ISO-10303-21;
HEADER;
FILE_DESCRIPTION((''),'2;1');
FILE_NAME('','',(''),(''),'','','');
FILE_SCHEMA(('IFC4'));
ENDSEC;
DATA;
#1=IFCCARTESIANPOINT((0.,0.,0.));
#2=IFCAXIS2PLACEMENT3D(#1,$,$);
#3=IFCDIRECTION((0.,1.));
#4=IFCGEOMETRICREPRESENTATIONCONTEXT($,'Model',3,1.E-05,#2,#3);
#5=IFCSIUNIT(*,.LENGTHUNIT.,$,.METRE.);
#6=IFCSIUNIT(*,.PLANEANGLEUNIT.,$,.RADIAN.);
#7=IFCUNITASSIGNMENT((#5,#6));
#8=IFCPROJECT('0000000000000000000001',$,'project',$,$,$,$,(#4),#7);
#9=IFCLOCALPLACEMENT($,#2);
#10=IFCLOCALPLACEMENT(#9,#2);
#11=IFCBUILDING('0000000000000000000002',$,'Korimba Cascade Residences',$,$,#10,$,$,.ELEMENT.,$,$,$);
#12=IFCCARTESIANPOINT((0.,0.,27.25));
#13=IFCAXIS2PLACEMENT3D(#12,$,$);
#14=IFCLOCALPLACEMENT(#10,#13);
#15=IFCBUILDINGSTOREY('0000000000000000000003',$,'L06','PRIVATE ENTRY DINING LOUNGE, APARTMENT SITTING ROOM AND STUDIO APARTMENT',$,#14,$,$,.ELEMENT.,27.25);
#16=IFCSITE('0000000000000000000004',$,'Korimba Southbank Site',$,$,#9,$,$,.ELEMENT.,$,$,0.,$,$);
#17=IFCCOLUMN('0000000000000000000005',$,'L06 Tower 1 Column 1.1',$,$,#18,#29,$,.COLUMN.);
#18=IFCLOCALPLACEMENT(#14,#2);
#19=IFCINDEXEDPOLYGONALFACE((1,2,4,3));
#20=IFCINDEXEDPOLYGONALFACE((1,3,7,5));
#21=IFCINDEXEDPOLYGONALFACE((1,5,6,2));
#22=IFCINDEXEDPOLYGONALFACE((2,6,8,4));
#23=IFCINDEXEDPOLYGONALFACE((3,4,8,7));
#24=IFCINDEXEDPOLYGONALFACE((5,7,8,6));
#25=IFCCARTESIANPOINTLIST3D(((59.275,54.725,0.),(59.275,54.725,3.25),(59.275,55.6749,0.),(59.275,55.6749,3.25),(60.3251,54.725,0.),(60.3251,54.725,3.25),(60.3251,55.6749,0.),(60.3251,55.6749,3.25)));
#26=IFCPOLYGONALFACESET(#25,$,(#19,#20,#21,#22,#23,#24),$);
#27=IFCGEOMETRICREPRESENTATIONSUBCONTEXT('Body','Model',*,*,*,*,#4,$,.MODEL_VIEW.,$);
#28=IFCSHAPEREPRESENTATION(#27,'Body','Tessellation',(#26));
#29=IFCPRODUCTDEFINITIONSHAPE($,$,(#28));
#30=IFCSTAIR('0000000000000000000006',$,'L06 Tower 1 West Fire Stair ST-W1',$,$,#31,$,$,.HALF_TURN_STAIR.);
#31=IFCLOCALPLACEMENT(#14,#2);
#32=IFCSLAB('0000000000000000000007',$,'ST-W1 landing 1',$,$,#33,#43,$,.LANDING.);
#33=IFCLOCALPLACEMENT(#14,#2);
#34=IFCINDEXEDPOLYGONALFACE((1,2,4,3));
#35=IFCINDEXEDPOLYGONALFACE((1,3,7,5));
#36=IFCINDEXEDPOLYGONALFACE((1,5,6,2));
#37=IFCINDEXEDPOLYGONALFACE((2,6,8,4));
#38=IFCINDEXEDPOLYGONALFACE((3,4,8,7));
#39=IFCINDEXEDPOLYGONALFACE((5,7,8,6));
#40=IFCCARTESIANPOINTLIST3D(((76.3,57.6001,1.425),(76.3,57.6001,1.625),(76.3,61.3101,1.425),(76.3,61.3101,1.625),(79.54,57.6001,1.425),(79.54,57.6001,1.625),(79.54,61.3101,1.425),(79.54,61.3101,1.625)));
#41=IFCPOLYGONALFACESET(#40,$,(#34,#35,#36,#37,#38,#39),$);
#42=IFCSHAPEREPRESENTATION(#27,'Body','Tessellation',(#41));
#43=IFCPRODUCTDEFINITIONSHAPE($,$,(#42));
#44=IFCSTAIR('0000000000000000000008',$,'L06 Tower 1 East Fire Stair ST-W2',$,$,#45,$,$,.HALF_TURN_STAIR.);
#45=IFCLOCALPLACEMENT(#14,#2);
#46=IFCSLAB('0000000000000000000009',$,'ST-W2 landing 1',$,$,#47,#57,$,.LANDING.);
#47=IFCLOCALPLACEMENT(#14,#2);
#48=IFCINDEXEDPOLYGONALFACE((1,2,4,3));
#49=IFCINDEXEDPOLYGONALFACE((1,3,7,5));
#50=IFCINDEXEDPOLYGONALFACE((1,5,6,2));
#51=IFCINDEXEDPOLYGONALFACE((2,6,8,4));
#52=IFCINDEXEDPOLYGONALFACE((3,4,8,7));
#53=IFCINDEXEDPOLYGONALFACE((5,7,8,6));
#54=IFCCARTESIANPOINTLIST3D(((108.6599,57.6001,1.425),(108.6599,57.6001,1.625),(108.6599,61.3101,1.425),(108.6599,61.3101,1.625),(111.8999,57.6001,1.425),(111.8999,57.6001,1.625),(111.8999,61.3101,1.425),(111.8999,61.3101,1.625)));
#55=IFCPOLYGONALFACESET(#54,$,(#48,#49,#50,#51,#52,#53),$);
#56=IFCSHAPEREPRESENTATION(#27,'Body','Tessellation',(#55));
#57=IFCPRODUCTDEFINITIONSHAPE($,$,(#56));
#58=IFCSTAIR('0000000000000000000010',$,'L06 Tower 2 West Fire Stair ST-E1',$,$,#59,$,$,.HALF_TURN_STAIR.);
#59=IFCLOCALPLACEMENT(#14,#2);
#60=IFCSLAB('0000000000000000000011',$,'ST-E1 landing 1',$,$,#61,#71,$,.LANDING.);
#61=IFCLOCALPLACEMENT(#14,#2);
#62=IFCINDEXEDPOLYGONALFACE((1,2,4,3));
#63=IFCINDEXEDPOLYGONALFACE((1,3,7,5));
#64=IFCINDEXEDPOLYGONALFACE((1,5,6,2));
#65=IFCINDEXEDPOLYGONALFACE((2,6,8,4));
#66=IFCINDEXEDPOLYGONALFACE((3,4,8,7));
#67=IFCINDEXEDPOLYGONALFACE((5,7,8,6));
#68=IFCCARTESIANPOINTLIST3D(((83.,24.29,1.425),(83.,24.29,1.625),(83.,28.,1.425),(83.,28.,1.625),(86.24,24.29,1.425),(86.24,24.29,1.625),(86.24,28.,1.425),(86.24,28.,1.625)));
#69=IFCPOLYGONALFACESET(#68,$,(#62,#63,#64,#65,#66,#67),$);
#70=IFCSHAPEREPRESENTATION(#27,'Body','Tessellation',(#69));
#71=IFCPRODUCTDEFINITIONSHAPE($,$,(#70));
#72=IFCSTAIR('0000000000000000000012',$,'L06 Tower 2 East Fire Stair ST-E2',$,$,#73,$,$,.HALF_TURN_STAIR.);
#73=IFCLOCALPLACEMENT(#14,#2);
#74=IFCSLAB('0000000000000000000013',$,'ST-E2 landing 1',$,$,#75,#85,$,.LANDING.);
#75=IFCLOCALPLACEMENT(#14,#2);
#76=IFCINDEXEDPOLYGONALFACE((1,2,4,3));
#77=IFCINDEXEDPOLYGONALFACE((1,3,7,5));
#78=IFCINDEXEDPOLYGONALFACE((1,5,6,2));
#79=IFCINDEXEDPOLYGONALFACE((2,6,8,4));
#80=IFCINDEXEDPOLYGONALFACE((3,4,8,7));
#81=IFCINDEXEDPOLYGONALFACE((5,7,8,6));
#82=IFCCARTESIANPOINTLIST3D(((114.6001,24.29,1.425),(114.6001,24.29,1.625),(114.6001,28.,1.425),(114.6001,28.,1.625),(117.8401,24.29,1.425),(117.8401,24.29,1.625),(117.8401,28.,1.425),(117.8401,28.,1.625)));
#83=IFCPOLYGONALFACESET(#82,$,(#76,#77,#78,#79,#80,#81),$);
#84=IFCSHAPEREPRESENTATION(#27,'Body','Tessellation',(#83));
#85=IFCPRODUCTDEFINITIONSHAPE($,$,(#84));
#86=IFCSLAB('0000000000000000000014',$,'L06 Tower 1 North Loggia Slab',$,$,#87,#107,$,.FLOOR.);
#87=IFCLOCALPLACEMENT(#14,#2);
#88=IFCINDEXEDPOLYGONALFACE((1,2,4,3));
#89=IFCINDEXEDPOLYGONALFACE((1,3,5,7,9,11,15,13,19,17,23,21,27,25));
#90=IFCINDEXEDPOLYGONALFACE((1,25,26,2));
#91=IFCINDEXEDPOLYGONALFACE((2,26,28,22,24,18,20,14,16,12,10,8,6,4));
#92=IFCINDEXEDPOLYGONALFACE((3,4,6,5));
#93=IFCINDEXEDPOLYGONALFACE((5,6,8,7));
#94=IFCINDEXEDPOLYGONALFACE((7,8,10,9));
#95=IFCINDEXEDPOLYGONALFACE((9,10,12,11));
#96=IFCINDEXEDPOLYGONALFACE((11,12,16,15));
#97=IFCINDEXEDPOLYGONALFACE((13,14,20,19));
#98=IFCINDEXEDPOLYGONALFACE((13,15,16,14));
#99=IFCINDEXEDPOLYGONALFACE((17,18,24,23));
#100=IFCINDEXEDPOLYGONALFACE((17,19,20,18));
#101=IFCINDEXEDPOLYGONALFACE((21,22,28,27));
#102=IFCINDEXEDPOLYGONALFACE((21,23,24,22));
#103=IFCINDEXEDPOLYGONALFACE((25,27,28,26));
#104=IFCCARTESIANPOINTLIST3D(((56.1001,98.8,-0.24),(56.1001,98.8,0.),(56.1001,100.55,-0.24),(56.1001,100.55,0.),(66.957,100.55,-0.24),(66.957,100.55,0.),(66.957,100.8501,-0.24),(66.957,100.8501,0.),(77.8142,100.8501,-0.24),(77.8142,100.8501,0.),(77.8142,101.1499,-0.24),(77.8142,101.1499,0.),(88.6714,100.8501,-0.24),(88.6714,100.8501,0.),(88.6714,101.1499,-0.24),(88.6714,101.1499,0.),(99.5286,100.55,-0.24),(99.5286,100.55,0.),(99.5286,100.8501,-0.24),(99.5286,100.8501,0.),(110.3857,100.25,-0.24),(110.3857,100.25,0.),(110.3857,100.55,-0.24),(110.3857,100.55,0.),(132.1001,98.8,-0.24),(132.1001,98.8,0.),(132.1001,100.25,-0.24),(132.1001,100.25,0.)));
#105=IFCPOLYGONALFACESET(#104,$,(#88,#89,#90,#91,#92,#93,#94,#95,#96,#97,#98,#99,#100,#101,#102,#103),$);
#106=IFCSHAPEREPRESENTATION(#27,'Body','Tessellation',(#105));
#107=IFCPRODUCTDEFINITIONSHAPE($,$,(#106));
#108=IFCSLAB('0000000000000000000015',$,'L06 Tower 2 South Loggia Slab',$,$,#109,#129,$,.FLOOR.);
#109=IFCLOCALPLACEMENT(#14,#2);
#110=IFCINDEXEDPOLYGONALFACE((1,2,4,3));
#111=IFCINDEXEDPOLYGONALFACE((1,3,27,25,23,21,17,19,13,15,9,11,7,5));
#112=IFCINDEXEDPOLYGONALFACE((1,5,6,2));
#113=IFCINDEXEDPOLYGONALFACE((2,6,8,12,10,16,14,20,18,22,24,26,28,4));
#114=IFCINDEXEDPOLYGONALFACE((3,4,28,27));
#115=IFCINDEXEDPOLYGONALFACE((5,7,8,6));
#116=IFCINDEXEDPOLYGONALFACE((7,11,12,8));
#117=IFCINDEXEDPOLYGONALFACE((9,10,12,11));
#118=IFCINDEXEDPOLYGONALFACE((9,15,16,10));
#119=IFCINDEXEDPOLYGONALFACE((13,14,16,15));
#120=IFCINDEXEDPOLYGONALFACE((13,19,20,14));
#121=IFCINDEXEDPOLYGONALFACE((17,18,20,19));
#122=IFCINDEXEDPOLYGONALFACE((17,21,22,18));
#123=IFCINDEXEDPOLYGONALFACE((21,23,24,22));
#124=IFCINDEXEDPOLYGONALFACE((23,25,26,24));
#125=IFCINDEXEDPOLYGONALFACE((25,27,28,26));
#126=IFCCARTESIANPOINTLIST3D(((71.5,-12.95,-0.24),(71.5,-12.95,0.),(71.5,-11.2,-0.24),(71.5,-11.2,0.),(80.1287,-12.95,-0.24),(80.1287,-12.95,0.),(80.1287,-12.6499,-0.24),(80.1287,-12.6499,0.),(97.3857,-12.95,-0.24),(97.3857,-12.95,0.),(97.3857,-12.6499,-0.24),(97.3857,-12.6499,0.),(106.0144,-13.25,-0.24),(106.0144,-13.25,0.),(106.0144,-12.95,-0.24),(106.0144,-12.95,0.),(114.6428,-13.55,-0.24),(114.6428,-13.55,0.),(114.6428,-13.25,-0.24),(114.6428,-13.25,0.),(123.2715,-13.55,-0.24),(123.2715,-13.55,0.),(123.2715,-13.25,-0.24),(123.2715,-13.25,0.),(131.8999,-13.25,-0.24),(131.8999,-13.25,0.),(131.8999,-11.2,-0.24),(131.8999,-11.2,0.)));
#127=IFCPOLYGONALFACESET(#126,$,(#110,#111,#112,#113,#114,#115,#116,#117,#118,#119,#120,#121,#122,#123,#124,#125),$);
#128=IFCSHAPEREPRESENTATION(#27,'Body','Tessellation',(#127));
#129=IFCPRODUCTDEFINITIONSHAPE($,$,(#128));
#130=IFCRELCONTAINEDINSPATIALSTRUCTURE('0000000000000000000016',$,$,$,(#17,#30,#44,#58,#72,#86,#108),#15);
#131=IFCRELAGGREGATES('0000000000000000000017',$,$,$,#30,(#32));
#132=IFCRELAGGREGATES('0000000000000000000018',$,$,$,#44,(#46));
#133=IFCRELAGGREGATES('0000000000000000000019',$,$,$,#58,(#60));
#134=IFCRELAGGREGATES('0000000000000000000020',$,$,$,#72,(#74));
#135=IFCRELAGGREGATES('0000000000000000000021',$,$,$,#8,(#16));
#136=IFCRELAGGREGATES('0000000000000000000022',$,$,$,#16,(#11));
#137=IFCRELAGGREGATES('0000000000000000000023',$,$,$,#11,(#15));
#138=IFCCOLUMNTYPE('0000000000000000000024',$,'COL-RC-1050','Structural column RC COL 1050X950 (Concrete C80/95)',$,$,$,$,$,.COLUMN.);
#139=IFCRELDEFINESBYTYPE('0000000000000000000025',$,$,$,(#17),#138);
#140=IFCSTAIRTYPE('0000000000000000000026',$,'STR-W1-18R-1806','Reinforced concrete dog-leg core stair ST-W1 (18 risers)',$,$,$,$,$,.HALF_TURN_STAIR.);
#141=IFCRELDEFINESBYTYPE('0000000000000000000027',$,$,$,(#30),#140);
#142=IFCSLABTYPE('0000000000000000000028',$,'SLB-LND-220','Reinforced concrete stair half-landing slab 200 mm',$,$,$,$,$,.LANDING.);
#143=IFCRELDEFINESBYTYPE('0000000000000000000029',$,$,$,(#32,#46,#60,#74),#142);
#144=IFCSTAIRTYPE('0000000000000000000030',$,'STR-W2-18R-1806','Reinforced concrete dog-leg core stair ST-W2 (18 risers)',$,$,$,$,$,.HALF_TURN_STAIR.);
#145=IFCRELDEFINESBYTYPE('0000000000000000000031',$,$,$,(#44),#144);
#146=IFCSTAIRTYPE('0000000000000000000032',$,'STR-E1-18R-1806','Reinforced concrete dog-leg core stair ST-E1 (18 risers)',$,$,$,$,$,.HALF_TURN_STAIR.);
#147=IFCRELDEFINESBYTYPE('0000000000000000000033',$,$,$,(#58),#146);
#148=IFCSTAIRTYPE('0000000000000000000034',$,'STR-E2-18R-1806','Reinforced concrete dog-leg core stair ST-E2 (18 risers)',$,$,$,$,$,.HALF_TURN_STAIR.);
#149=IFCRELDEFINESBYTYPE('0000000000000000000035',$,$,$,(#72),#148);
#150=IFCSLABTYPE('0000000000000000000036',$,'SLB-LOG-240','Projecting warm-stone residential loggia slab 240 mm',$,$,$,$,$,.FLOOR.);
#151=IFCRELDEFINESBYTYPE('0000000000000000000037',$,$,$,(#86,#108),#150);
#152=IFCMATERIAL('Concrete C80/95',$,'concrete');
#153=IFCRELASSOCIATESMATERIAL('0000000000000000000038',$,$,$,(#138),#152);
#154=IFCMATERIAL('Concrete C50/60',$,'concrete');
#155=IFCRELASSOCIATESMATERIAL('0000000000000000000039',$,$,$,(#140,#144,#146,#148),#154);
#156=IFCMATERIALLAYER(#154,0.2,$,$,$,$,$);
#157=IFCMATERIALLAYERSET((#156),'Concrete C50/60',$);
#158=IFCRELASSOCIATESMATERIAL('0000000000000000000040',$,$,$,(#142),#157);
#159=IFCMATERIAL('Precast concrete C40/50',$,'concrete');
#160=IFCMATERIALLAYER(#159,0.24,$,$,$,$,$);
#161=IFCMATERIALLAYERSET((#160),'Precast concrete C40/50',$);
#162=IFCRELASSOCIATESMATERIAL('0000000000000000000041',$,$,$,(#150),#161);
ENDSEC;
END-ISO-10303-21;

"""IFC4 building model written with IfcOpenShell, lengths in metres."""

from ifc_helpers import new_model, si_unit, direction, frame, origin, origin_2d, place, context, subcontext, project, spatial, polyline, rectangle, outline, extrude, material, layer, layer_set, material_profile, profile_set, type_object, element, aggregate, save


model = new_model("IFC4")

# Units and contexts
model_context = context("Model", 3, precision=1e-05, world=origin(), true_north=direction((0.0, 1.0)))
body_context = subcontext(model_context, "Body", "Model", "MODEL_VIEW")
ifc_project = project(units=[si_unit("LENGTHUNIT", "METRE"), si_unit("PLANEANGLEUNIT", "RADIAN")], contexts=[model_context])

# Site, building, storey
site_placement = place(None, origin())
site = spatial("IfcSite", under=ifc_project, at=site_placement, Name="Korimba Southbank Site", CompositionType="ELEMENT", RefElevation=0.0)
building_placement = place(site_placement, origin())
building = spatial("IfcBuilding", under=site, at=building_placement, Name="Korimba Cascade Residences", CompositionType="ELEMENT")
storey_placement = place(building_placement, frame((0.0, 0.0, 27.25)))
storey = spatial("IfcBuildingStorey", under=building, at=storey_placement, Name="L06", Description="PRIVATE ENTRY DINING LOUNGE, APARTMENT SITTING ROOM AND STUDIO APARTMENT", CompositionType="ELEMENT", Elevation=27.25)

# Column
ifc_material_1 = material(Name="Concrete C80/95", Category="concrete")
ifc_material_profile = material_profile(ifc_material_1, rectangle(XDim=1.05, YDim=0.95, at=origin_2d()), Name="Concrete C80/95")
ifc_profile_set = profile_set([ifc_material_profile], Name="Concrete C80/95")
column_type = type_object("IfcColumnType", Name="COL-RC-1050", Description="Structural column RC COL 1050X950 (Concrete C80/95)", PredefinedType="COLUMN", material=ifc_profile_set)
column_placement = place(storey_placement, frame((59.8, 55.2, 0.0), z_axis=(0.0, 0.0, 1.0), x_axis=(1.0, 0.0, 0.0)))
element("IfcColumn", 1, at=column_placement, inside=storey, type_object=column_type, Name="L06 Tower 1 Column 1.1", PredefinedType="COLUMN", context=body_context, shape_type="SweptSolid", body=[
    extrude(rectangle(XDim=1.05, YDim=0.95, at=origin_2d()), origin(), (0.0, 0.0, 1.0), 3.25),
])

# Stairs, slabs
ifc_material_2 = material(Name="Concrete C50/60", Category="concrete")
stair_type_1 = type_object("IfcStairType", Name="STR-W1-18R-1806", Description="Reinforced concrete dog-leg core stair ST-W1 (18 risers)", PredefinedType="HALF_TURN_STAIR", material=ifc_material_2)
stair_1_placement = place(storey_placement, origin())
stair_1 = element("IfcStair", 2, at=stair_1_placement, inside=storey, type_object=stair_type_1, Name="L06 Tower 1 West Fire Stair ST-W1", PredefinedType="HALF_TURN_STAIR")
ifc_layer_1 = layer(ifc_material_2, 0.2)
ifc_layer_set_1 = layer_set([ifc_layer_1], Name="Concrete C50/60")
slab_type_1 = type_object("IfcSlabType", Name="SLB-LND-220", Description="Reinforced concrete stair half-landing slab 200 mm", PredefinedType="LANDING", material=ifc_layer_set_1)
slab_1_placement = place(storey_placement, frame((0.0, 0.0, 1.425)))
slab_1 = element("IfcSlab", 3, at=slab_1_placement, type_object=slab_type_1, Name="ST-W1 landing 1", PredefinedType="LANDING", context=body_context, shape_type="SweptSolid", body=[
    extrude(outline(polyline([(76.3, 61.3101), (76.3, 57.6001), (79.54, 57.6001), (79.54, 61.3101), (76.3, 61.3101)])), origin(), (0.0, 0.0, 1.0), 0.2),
])
aggregate(stair_1, [slab_1])
stair_type_2 = type_object("IfcStairType", Name="STR-W2-18R-1806", Description="Reinforced concrete dog-leg core stair ST-W2 (18 risers)", PredefinedType="HALF_TURN_STAIR", material=ifc_material_2)
stair_2_placement = place(storey_placement, origin())
stair_2 = element("IfcStair", 4, at=stair_2_placement, inside=storey, type_object=stair_type_2, Name="L06 Tower 1 East Fire Stair ST-W2", PredefinedType="HALF_TURN_STAIR")
slab_2_placement = place(storey_placement, frame((0.0, 0.0, 1.425)))
slab_2 = element("IfcSlab", 5, at=slab_2_placement, type_object=slab_type_1, Name="ST-W2 landing 1", PredefinedType="LANDING", context=body_context, shape_type="SweptSolid", body=[
    extrude(outline(polyline([(108.6599, 61.3101), (108.6599, 57.6001), (111.8999, 57.6001), (111.8999, 61.3101), (108.6599, 61.3101)])), origin(), (0.0, 0.0, 1.0), 0.2),
])
aggregate(stair_2, [slab_2])
stair_type_3 = type_object("IfcStairType", Name="STR-E1-18R-1806", Description="Reinforced concrete dog-leg core stair ST-E1 (18 risers)", PredefinedType="HALF_TURN_STAIR", material=ifc_material_2)
stair_3_placement = place(storey_placement, origin())
stair_3 = element("IfcStair", 6, at=stair_3_placement, inside=storey, type_object=stair_type_3, Name="L06 Tower 2 West Fire Stair ST-E1", PredefinedType="HALF_TURN_STAIR")
slab_3_placement = place(storey_placement, frame((0.0, 0.0, 1.425)))
slab_3 = element("IfcSlab", 7, at=slab_3_placement, type_object=slab_type_1, Name="ST-E1 landing 1", PredefinedType="LANDING", context=body_context, shape_type="SweptSolid", body=[
    extrude(outline(polyline([(86.24, 24.29), (86.24, 28.0), (83.0, 28.0), (83.0, 24.29), (86.24, 24.29)])), origin(), (0.0, 0.0, 1.0), 0.2),
])
aggregate(stair_3, [slab_3])
stair_type_4 = type_object("IfcStairType", Name="STR-E2-18R-1806", Description="Reinforced concrete dog-leg core stair ST-E2 (18 risers)", PredefinedType="HALF_TURN_STAIR", material=ifc_material_2)
stair_4_placement = place(storey_placement, origin())
stair_4 = element("IfcStair", 8, at=stair_4_placement, inside=storey, type_object=stair_type_4, Name="L06 Tower 2 East Fire Stair ST-E2", PredefinedType="HALF_TURN_STAIR")
slab_4_placement = place(storey_placement, frame((0.0, 0.0, 1.425)))
slab_4 = element("IfcSlab", 9, at=slab_4_placement, type_object=slab_type_1, Name="ST-E2 landing 1", PredefinedType="LANDING", context=body_context, shape_type="SweptSolid", body=[
    extrude(outline(polyline([(117.8401, 24.29), (117.8401, 28.0), (114.6001, 28.0), (114.6001, 24.29), (117.8401, 24.29)])), origin(), (0.0, 0.0, 1.0), 0.2),
])
aggregate(stair_4, [slab_4])

# Slabs
ifc_material_3 = material(Name="Precast concrete C40/50", Category="concrete")
ifc_layer_2 = layer(ifc_material_3, 0.24)
ifc_layer_set_2 = layer_set([ifc_layer_2], Name="Precast concrete C40/50")
slab_type_2 = type_object("IfcSlabType", Name="SLB-LOG-240", Description="Projecting warm-stone residential loggia slab 240 mm", PredefinedType="FLOOR", material=ifc_layer_set_2)
slab_5_placement = place(storey_placement, frame((0.0, 0.0, -0.24)))
element("IfcSlab", 10, at=slab_5_placement, inside=storey, type_object=slab_type_2, Name="L06 Tower 1 North Loggia Slab", PredefinedType="FLOOR", context=body_context, shape_type="SweptSolid", body=[
    extrude(outline(polyline([(56.1001, 98.8), (132.1001, 98.8), (132.1001, 100.25), (110.3857, 100.25), (110.3857, 100.55), (99.5286, 100.55), (99.5286, 100.8501), (88.6714, 100.8501), (88.6714, 101.1499), (77.8142, 101.1499), (77.8142, 100.8501), (66.957, 100.8501), (66.957, 100.55), (56.1001, 100.55), (56.1001, 98.8)])), origin(), (0.0, 0.0, 1.0), 0.24),
])
slab_6_placement = place(storey_placement, frame((0.0, 0.0, -0.24)))
element("IfcSlab", 11, at=slab_6_placement, inside=storey, type_object=slab_type_2, Name="L06 Tower 2 South Loggia Slab", PredefinedType="FLOOR", context=body_context, shape_type="SweptSolid", body=[
    extrude(outline(polyline([(71.5, -12.95), (80.1287, -12.95), (80.1287, -12.6499), (97.3857, -12.6499), (97.3857, -12.95), (106.0144, -12.95), (106.0144, -13.25), (114.6428, -13.25), (114.6428, -13.55), (123.2715, -13.55), (123.2715, -13.25), (131.8999, -13.25), (131.8999, -11.2), (71.5, -11.2), (71.5, -12.95)])), origin(), (0.0, 0.0, 1.0), 0.24),
])

save(model, "model.ifc")
